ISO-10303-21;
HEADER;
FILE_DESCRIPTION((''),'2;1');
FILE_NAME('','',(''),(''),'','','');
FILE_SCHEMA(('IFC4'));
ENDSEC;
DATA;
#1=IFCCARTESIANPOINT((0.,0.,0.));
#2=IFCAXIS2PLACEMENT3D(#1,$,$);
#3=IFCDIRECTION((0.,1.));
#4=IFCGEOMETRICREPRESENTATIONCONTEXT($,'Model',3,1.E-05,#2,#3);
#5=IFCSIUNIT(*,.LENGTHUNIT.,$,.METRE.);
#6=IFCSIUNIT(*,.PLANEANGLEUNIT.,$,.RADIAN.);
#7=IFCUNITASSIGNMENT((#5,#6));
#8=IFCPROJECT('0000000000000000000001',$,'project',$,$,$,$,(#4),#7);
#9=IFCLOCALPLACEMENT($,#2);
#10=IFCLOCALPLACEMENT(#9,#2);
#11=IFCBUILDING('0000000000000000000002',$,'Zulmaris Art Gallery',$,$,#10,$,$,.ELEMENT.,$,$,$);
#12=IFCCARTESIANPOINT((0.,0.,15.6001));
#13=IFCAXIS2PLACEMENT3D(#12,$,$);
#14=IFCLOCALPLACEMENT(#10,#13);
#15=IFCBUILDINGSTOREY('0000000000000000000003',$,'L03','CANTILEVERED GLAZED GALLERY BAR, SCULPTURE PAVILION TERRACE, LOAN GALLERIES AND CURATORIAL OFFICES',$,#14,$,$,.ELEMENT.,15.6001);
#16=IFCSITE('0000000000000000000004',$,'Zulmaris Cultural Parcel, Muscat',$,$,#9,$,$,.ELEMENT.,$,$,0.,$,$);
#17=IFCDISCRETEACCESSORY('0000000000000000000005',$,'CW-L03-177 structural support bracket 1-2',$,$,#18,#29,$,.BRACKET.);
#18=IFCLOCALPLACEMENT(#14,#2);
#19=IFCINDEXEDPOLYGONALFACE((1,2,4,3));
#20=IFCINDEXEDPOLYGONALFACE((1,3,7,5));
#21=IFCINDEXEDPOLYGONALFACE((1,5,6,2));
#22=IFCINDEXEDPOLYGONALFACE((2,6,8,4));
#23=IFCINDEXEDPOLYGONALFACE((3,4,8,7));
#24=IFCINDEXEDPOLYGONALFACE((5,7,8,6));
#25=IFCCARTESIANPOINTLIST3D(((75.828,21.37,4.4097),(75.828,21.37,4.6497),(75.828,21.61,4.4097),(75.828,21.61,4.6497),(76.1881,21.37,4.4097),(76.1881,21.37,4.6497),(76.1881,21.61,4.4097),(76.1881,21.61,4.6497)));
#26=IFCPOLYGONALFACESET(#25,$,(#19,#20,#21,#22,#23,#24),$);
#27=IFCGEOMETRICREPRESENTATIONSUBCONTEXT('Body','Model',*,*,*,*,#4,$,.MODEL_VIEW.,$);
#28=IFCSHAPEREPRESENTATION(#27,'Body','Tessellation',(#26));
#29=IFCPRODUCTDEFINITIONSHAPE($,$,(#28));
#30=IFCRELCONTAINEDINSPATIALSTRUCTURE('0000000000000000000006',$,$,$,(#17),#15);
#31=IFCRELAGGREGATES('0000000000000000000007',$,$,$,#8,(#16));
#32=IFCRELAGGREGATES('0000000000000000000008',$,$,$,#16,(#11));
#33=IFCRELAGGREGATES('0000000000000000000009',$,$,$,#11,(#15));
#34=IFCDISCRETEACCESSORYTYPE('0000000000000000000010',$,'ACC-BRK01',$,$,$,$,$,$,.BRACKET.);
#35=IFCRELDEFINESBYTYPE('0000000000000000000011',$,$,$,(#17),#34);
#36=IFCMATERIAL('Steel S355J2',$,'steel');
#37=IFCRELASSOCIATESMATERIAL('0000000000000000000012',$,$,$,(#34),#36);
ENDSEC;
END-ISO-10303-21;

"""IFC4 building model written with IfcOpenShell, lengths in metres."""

from ifc_helpers import new_model, si_unit, direction, frame, origin, origin_2d, place, context, subcontext, project, spatial, rectangle, extrude, material, type_object, element, save


model = new_model("IFC4")

# Units and contexts
model_context = context("Model", 3, precision=1e-05, world=origin(), true_north=direction((0.0, 1.0)))
body_context = subcontext(model_context, "Body", "Model", "MODEL_VIEW")
ifc_project = project(units=[si_unit("LENGTHUNIT", "METRE"), si_unit("PLANEANGLEUNIT", "RADIAN")], contexts=[model_context])

# Site, building, storey
site_placement = place(None, origin())
site = spatial("IfcSite", under=ifc_project, at=site_placement, Name="Zulmaris Cultural Parcel, Muscat", CompositionType="ELEMENT", RefElevation=0.0)
building_placement = place(site_placement, origin())
building = spatial("IfcBuilding", under=site, at=building_placement, Name="Zulmaris Art Gallery", CompositionType="ELEMENT")
storey_placement = place(building_placement, frame((0.0, 0.0, 15.6001)))
storey = spatial("IfcBuildingStorey", under=building, at=storey_placement, Name="L03", Description="CANTILEVERED GLAZED GALLERY BAR, SCULPTURE PAVILION TERRACE, LOAN GALLERIES AND CURATORIAL OFFICES", CompositionType="ELEMENT", Elevation=15.6001)

# Shared definitions
ifc_material_1 = material(Name="Steel S355J2", Category="steel")

# Discrete accessory
discrete_accessory_type = type_object("IfcDiscreteAccessoryType", Name="ACC-BRK01", PredefinedType="BRACKET", material=ifc_material_1)
for number, where, z_axis, x_axis, name in (
    (1, (76.0081, 21.49, 4.4097), (0.0, 0.0, 1.0), (1.0, 0.0, 0.0), "CW-L03-177 structural support bracket 1-2"),
):
    element("IfcDiscreteAccessory", number, at=place(storey_placement, frame(where, z_axis=z_axis, x_axis=x_axis)), inside=storey, type_object=discrete_accessory_type, Name=name, PredefinedType="BRACKET", context=body_context, shape_type="SweptSolid", body=[
        extrude(rectangle(XDim=0.3601, YDim=0.24, at=origin_2d()), origin(), (0.0, 0.0, 1.0), 0.24),
    ])

save(model, "model.ifc")
